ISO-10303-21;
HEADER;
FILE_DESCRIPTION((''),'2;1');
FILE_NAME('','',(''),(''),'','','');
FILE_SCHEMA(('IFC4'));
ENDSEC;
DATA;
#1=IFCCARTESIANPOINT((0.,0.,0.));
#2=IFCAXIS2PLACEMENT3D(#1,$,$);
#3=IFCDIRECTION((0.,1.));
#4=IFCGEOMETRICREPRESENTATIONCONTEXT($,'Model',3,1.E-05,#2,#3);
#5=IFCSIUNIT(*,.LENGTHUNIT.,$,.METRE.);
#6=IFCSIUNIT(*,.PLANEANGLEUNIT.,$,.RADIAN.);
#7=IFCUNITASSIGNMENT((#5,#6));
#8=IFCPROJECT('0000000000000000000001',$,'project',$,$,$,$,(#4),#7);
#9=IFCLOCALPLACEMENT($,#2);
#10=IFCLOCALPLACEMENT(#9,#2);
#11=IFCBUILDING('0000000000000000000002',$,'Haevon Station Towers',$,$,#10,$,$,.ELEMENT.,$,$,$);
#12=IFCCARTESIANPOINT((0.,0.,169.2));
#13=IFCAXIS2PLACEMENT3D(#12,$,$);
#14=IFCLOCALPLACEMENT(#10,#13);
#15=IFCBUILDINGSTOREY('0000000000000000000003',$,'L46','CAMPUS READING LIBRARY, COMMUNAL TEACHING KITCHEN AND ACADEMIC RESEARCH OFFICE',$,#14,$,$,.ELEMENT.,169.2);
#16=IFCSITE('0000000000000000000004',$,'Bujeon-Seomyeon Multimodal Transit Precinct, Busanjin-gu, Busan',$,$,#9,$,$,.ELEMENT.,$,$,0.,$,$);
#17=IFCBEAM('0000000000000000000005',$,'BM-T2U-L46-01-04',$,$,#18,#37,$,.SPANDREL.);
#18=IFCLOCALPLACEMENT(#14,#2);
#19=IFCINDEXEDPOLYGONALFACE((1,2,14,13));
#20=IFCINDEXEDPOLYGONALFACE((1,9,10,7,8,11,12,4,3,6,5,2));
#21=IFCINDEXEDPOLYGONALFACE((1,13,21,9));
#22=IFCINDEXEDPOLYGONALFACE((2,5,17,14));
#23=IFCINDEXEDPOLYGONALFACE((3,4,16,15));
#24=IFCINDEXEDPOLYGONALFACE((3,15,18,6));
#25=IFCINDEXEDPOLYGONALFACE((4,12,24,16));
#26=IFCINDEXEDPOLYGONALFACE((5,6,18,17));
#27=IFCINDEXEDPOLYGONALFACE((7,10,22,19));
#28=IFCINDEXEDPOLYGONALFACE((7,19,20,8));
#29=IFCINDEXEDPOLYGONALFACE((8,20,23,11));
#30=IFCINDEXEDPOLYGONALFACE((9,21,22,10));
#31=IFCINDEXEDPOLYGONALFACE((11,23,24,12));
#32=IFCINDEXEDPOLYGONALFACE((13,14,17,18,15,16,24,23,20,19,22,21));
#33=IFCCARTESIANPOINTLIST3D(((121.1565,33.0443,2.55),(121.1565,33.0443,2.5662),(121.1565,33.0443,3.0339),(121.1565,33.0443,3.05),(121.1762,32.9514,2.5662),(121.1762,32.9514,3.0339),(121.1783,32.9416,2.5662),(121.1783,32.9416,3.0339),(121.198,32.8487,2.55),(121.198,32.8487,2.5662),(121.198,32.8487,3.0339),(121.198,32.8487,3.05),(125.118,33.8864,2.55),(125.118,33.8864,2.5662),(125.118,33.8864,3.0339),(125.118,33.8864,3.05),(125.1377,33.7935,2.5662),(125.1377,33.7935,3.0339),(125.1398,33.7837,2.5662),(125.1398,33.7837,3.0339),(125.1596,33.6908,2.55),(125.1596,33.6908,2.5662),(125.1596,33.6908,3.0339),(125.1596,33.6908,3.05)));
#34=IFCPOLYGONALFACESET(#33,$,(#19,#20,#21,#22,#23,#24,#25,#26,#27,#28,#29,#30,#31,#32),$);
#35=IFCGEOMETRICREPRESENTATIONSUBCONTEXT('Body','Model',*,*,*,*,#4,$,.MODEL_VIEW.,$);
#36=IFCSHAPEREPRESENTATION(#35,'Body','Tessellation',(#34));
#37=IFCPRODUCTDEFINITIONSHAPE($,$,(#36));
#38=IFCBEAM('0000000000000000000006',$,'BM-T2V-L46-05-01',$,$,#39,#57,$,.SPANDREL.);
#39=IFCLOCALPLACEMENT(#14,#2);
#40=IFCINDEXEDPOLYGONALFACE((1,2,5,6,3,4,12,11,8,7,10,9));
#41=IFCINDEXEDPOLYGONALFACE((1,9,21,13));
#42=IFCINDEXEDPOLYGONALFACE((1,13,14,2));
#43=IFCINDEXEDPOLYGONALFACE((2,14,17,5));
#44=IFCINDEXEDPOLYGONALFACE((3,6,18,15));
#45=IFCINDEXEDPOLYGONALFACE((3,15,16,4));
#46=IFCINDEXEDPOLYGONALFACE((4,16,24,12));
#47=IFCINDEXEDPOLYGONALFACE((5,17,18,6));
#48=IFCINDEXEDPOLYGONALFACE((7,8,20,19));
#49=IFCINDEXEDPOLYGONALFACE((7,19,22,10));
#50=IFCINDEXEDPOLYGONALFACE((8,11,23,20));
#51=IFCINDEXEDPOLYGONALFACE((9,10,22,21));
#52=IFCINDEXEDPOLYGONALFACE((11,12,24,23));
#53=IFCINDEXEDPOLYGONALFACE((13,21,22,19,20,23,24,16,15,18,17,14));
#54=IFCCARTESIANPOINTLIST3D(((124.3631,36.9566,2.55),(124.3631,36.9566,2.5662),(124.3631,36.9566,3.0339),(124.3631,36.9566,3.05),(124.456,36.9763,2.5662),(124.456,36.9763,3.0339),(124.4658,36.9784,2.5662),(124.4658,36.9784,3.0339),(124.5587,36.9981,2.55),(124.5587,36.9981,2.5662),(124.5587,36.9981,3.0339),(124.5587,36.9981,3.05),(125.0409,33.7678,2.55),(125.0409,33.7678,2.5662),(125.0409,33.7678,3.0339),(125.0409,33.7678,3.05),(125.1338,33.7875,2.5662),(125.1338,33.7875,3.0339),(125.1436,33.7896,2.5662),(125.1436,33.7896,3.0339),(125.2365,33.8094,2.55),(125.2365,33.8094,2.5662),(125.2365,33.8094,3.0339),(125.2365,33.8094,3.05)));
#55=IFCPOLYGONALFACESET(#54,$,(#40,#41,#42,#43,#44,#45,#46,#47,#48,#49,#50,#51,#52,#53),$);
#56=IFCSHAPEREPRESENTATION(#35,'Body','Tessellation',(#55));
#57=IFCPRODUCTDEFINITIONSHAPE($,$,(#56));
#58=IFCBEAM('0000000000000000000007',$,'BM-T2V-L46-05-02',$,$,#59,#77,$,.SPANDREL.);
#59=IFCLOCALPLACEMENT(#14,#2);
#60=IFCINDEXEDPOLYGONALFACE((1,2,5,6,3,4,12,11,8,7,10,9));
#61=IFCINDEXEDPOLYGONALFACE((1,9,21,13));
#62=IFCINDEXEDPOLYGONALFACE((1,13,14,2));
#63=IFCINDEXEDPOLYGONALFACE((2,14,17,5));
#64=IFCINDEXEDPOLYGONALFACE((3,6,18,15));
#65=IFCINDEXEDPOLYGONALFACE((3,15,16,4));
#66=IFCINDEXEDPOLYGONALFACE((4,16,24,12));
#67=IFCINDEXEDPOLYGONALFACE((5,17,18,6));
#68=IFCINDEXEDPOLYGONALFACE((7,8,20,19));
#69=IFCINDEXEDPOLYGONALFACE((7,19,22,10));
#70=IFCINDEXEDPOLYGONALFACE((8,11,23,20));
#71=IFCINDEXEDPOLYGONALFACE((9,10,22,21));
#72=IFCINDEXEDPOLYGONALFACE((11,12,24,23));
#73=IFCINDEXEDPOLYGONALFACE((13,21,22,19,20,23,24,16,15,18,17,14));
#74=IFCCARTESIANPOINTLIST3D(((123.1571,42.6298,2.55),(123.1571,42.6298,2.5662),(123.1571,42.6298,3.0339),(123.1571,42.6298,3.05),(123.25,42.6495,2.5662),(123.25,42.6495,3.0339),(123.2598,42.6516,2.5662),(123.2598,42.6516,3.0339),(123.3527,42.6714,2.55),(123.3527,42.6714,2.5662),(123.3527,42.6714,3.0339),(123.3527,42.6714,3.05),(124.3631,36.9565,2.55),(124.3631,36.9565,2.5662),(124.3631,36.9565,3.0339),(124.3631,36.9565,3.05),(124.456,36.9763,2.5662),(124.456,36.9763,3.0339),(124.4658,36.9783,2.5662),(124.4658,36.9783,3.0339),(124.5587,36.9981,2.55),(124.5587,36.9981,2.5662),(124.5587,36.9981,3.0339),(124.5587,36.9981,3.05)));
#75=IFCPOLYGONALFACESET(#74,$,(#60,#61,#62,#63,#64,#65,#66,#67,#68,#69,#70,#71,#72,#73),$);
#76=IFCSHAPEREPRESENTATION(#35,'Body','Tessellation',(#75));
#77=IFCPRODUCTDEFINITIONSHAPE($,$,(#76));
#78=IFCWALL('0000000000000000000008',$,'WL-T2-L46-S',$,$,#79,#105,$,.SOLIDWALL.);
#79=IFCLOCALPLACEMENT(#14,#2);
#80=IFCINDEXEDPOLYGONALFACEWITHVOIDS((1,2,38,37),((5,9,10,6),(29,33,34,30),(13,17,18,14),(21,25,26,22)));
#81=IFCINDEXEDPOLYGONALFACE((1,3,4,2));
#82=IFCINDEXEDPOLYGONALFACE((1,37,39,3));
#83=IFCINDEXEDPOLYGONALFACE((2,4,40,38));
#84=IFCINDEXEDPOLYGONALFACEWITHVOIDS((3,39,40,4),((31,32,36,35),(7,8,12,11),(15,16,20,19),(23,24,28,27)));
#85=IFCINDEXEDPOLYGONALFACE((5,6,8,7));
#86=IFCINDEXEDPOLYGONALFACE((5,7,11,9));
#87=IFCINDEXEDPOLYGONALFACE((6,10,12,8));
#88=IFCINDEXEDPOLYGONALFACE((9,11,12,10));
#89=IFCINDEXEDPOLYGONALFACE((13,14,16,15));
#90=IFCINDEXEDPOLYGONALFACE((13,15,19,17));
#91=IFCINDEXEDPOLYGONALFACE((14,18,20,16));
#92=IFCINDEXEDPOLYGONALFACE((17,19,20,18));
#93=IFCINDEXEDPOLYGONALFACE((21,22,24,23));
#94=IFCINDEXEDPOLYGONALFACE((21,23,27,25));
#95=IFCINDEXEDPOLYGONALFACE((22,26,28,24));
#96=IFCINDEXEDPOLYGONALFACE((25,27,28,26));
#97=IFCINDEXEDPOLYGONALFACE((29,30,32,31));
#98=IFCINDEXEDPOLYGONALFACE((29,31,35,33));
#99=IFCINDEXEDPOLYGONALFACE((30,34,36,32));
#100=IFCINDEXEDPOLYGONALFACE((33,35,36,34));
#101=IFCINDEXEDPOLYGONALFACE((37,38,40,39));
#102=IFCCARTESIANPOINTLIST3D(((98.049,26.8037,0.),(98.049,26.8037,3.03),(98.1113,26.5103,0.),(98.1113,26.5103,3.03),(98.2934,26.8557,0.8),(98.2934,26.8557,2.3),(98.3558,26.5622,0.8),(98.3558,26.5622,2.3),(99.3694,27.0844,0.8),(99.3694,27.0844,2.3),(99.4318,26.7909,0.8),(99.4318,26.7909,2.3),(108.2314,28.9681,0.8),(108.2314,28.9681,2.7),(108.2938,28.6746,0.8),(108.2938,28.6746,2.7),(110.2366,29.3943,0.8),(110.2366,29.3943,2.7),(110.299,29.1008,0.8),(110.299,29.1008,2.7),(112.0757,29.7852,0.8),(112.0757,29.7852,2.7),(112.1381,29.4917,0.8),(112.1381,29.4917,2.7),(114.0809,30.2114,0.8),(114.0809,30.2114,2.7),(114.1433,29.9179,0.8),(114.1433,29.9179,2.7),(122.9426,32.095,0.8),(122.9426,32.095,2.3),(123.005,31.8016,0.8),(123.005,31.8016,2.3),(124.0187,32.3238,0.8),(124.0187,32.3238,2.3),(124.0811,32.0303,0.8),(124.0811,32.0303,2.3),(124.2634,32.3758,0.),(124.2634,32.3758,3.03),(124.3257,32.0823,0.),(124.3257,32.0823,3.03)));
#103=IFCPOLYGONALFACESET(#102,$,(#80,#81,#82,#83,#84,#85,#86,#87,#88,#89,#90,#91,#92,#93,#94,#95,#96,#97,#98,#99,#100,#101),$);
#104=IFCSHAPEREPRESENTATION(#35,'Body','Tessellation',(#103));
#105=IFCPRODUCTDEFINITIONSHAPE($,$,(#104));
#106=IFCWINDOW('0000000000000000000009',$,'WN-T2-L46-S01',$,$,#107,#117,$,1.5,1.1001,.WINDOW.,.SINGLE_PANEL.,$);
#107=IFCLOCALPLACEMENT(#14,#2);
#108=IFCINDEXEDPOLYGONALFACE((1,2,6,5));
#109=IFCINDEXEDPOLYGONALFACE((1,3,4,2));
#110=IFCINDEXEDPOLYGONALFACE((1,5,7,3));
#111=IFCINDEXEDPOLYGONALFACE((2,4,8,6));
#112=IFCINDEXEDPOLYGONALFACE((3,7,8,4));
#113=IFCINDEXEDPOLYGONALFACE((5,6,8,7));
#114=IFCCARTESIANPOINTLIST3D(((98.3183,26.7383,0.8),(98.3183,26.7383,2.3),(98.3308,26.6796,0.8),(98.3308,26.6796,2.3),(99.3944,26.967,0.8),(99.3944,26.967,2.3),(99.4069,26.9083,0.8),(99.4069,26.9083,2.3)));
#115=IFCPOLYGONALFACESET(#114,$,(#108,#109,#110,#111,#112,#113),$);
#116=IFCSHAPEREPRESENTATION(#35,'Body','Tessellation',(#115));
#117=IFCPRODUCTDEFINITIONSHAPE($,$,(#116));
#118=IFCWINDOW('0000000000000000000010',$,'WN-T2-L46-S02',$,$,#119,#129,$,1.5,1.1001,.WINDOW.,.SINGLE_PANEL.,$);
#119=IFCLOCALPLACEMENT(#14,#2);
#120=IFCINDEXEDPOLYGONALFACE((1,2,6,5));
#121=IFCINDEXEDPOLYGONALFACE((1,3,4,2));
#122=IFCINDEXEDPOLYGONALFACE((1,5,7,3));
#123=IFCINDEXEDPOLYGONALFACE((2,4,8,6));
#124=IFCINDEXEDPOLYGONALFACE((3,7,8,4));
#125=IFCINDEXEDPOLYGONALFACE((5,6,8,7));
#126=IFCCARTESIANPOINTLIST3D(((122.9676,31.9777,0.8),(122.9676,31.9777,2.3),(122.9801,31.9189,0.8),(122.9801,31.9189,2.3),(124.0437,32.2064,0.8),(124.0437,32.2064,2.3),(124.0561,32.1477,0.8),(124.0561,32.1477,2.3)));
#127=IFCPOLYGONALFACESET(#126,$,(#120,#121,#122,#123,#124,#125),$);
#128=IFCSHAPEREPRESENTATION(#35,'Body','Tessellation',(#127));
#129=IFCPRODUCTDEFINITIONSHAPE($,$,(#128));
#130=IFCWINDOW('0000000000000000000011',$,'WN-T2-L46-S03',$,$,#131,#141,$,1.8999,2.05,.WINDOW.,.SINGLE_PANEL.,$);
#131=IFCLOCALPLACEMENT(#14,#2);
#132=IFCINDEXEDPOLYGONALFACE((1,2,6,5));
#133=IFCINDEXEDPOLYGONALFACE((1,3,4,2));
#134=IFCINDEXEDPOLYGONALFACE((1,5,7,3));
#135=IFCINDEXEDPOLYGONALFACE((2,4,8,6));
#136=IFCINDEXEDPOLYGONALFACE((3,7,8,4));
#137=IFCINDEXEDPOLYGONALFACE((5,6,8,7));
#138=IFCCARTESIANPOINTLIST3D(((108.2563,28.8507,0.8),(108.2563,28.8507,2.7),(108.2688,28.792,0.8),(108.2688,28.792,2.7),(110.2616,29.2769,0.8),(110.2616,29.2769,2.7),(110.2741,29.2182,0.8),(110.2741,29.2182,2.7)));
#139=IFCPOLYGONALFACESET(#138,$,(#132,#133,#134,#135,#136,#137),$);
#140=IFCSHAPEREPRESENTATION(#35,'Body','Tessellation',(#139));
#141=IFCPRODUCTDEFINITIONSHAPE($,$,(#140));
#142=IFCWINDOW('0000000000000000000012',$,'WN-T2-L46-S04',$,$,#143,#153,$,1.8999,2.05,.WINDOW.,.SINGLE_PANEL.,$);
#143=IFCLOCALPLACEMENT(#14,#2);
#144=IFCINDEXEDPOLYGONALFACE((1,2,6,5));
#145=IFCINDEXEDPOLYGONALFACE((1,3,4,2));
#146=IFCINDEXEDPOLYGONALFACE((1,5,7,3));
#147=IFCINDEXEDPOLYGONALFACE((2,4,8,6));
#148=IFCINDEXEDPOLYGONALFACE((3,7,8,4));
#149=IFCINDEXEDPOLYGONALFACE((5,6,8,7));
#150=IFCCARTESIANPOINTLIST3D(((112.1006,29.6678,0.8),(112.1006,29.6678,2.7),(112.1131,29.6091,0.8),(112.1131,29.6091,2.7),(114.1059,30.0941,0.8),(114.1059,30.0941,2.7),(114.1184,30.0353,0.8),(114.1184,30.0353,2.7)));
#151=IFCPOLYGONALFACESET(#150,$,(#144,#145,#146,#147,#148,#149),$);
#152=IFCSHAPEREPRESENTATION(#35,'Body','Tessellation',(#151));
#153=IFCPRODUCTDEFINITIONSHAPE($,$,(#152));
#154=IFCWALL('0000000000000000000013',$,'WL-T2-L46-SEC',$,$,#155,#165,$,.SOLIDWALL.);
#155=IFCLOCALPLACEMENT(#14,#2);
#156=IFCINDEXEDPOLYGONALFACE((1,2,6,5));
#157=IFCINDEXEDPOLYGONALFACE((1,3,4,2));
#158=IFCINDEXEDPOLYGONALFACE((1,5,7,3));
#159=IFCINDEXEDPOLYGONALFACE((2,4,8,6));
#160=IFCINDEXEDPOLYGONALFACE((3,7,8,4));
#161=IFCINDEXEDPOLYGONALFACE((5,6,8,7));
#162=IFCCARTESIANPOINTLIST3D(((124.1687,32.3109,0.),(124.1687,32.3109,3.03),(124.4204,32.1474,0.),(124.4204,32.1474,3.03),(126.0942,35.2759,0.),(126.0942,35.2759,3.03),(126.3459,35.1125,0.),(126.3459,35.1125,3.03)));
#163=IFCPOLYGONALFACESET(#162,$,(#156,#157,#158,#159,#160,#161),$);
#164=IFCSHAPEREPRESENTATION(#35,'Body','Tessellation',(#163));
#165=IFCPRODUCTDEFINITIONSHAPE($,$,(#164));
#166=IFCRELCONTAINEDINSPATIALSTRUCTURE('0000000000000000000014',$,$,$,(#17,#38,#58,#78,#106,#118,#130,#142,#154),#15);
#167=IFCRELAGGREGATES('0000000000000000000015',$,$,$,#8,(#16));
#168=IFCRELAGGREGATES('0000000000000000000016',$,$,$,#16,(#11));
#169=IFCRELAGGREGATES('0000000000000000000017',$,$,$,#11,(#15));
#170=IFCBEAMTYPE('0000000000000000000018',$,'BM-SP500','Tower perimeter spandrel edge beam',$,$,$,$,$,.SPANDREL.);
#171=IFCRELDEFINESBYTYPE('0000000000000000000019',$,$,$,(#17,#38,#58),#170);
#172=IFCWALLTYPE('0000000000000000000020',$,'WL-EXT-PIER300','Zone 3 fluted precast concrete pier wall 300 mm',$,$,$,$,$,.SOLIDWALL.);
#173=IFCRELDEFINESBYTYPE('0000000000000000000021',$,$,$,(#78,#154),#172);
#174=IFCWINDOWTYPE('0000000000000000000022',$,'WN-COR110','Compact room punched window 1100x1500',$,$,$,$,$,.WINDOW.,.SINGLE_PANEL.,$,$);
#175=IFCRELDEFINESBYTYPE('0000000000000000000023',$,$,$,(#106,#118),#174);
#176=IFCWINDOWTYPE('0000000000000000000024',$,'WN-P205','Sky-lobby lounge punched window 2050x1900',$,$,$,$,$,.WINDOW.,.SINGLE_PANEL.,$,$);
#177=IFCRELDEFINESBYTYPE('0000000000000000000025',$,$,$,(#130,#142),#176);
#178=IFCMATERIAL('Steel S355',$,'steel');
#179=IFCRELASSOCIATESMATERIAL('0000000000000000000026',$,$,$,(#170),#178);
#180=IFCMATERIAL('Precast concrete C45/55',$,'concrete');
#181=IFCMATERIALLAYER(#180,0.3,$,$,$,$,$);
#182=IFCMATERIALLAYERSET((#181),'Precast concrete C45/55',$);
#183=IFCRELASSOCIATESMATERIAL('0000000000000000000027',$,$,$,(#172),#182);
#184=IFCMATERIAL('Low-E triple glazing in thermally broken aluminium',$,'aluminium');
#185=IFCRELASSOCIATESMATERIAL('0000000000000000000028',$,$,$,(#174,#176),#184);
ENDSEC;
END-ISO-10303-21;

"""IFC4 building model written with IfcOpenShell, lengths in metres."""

from ifc_helpers import new_model, si_unit, direction, frame, frame_2d, origin, origin_2d, place, context, subcontext, project, spatial, rectangle, i_section, extrude, material, layer, layer_set, material_profile, profile_set, type_object, element, fill, save


model = new_model("IFC4")

# Units and contexts
model_context = context("Model", 3, precision=1e-05, world=origin(), true_north=direction((0.0, 1.0)))
body_context = subcontext(model_context, "Body", "Model", "MODEL_VIEW")
ifc_project = project(units=[si_unit("LENGTHUNIT", "METRE"), si_unit("PLANEANGLEUNIT", "RADIAN")], contexts=[model_context])

# Site, building, storey
site_placement = place(None, origin())
site = spatial("IfcSite", under=ifc_project, at=site_placement, Name="Bujeon-Seomyeon Multimodal Transit Precinct, Busanjin-gu, Busan", CompositionType="ELEMENT", RefElevation=0.0)
building_placement = place(site_placement, origin())
building = spatial("IfcBuilding", under=site, at=building_placement, Name="Haevon Station Towers", CompositionType="ELEMENT")
storey_placement = place(building_placement, frame((0.0, 0.0, 169.2)))
storey = spatial("IfcBuildingStorey", under=building, at=storey_placement, Name="L46", Description="CAMPUS READING LIBRARY, COMMUNAL TEACHING KITCHEN AND ACADEMIC RESEARCH OFFICE", CompositionType="ELEMENT", Elevation=169.2)

# Shared definitions
ifc_material_1 = material(Name="Steel S355", Category="steel")

# Beams
ifc_material_profile_1 = material_profile(ifc_material_1, i_section(OverallWidth=0.2, OverallDepth=0.5, WebThickness=0.01, FlangeThickness=0.0161, at=origin_2d()), Name="H-500x200x10x16")
ifc_profile_set_1 = profile_set([ifc_material_profile_1], Name="Steel S355")
beam_type_1 = type_object("IfcBeamType", Name="BM-SP500", Description="Tower perimeter spandrel edge beam", PredefinedType="SPANDREL", material=ifc_profile_set_1)
beam_1_placement = place(storey_placement, frame((121.1772, 32.9465, 2.8), z_axis=(0.978147, 0.207915, 0.0), x_axis=(-0.207915, 0.978147, 0.0)))
element("IfcBeam", 1, at=beam_1_placement, inside=storey, type_object=beam_type_1, Name="BM-T2U-L46-01-04", PredefinedType="SPANDREL", context=body_context, shape_type="SweptSolid", body=[
    extrude(i_section(OverallWidth=0.2, OverallDepth=0.5, WebThickness=0.01, FlangeThickness=0.0161, at=origin_2d()), origin(), (0.0, 0.0, 1.0), 4.05),
])
beam_2_placement = place(storey_placement, frame((125.1387, 33.7886, 2.8), z_axis=(-0.207897, 0.978151, 0.0), x_axis=(-0.978151, -0.207897, 0.0)))
element("IfcBeam", 2, at=beam_2_placement, inside=storey, type_object=beam_type_1, Name="BM-T2V-L46-05-01", PredefinedType="SPANDREL", context=body_context, shape_type="SweptSolid", body=[
    extrude(i_section(OverallWidth=0.2, OverallDepth=0.5, WebThickness=0.01, FlangeThickness=0.0161, at=origin_2d()), origin(), (0.0, 0.0, 1.0), 3.26),
])
beam_3_placement = place(storey_placement, frame((124.4609, 36.9773, 2.8), z_axis=(-0.207936, 0.978142, 0.0), x_axis=(-0.978142, -0.207936, 0.0)))
element("IfcBeam", 3, at=beam_3_placement, inside=storey, type_object=beam_type_1, Name="BM-T2V-L46-05-02", PredefinedType="SPANDREL", context=body_context, shape_type="SweptSolid", body=[
    extrude(i_section(OverallWidth=0.2, OverallDepth=0.5, WebThickness=0.01, FlangeThickness=0.0161, at=origin_2d()), origin(), (0.0, 0.0, 1.0), 5.8),
])

# Wall, openings, windows
ifc_material_2 = material(Name="Precast concrete C45/55", Category="concrete")
ifc_layer_1 = layer(ifc_material_2, 0.3)
ifc_layer_set_1 = layer_set([ifc_layer_1], Name="Precast concrete C45/55")
wall_type_1 = type_object("IfcWallType", Name="WL-EXT-PIER300", Description="Zone 3 fluted precast concrete pier wall 300 mm", PredefinedType="SOLIDWALL", material=ifc_layer_set_1)
wall_1_placement = place(storey_placement, frame((124.2944, 32.229, 0.0), z_axis=(0.0, 0.0, 1.0), x_axis=(-0.978148, -0.207911, 0.0)))
wall_1 = element("IfcWall", 4, at=wall_1_placement, inside=storey, type_object=wall_type_1, Name="WL-T2-L46-S", PredefinedType="SOLIDWALL", context=body_context, shape_type="SweptSolid", body=[
    extrude(rectangle(XDim=26.8, YDim=0.3, at=frame_2d((13.3999, 0.0))), origin(), (0.0, 0.0, 1.0), 3.03),
])
opening_1_placement = place(wall_1_placement, frame((25.45, 0.0, 0.8)))
opening_1 = element("IfcOpeningElement", 5, at=opening_1_placement, cuts=wall_1, PredefinedType="OPENING", context=body_context, shape_type="SweptSolid", body=[
    extrude(rectangle(XDim=1.1001, YDim=1.5, at=frame_2d((0.55, 0.75))), frame((0.0, 0.1599, 0.0), z_axis=(0.0, -1.0, 0.0), x_axis=(1.0, 0.0, 0.0)), (0.0, 0.0, 1.0), 0.3201),
])
opening_2_placement = place(wall_1_placement, frame((0.25, 0.0, 0.8)))
opening_2 = element("IfcOpeningElement", 6, at=opening_2_placement, cuts=wall_1, PredefinedType="OPENING", context=body_context, shape_type="SweptSolid", body=[
    extrude(rectangle(XDim=1.1001, YDim=1.5, at=frame_2d((0.55, 0.75))), frame((0.0, 0.1599, 0.0), z_axis=(0.0, -1.0, 0.0), x_axis=(1.0, 0.0, 0.0)), (0.0, 0.0, 1.0), 0.3201),
])
opening_3_placement = place(wall_1_placement, frame((14.3401, 0.0, 0.8)))
opening_3 = element("IfcOpeningElement", 7, at=opening_3_placement, cuts=wall_1, PredefinedType="OPENING", context=body_context, shape_type="SweptSolid", body=[
    extrude(rectangle(XDim=2.05, YDim=1.8999, at=frame_2d((1.0249, 0.95))), frame((0.0, 0.1599, 0.0), z_axis=(0.0, -1.0, 0.0), x_axis=(1.0, 0.0, 0.0)), (0.0, 0.0, 1.0), 0.3201),
])
opening_4_placement = place(wall_1_placement, frame((10.4099, 0.0, 0.8)))
opening_4 = element("IfcOpeningElement", 8, at=opening_4_placement, cuts=wall_1, PredefinedType="OPENING", context=body_context, shape_type="SweptSolid", body=[
    extrude(rectangle(XDim=2.05, YDim=1.8999, at=frame_2d((1.0249, 0.95))), frame((0.0, 0.1599, 0.0), z_axis=(0.0, -1.0, 0.0), x_axis=(1.0, 0.0, 0.0)), (0.0, 0.0, 1.0), 0.3201),
])
ifc_material_3 = material(Name="Low-E triple glazing in thermally broken aluminium", Category="aluminium")
window_type_1 = type_object("IfcWindowType", Name="WN-COR110", Description="Compact room punched window 1100x1500", PartitioningType="SINGLE_PANEL", PredefinedType="WINDOW", material=ifc_material_3)
window_1_placement = place(opening_1_placement, origin())
window_1 = element("IfcWindow", 9, at=window_1_placement, inside=storey, type_object=window_type_1, Name="WN-T2-L46-S01", OverallHeight=1.5, OverallWidth=1.1001, PartitioningType="SINGLE_PANEL", PredefinedType="WINDOW", context=body_context, shape_type="SweptSolid", body=[
    extrude(rectangle(XDim=1.1001, YDim=1.5, at=frame_2d((0.55, 0.75))), frame((0.0, 0.03, 0.0), z_axis=(0.0, -1.0, 0.0), x_axis=(1.0, 0.0, 0.0)), (0.0, 0.0, 1.0), 0.0601),
])
fill(opening_1, window_1)
window_2_placement = place(opening_2_placement, origin())
window_2 = element("IfcWindow", 10, at=window_2_placement, inside=storey, type_object=window_type_1, Name="WN-T2-L46-S02", OverallHeight=1.5, OverallWidth=1.1001, PartitioningType="SINGLE_PANEL", PredefinedType="WINDOW", context=body_context, shape_type="SweptSolid", body=[
    extrude(rectangle(XDim=1.1001, YDim=1.5, at=frame_2d((0.55, 0.75))), frame((0.0, 0.03, 0.0), z_axis=(0.0, -1.0, 0.0), x_axis=(1.0, 0.0, 0.0)), (0.0, 0.0, 1.0), 0.0601),
])
fill(opening_2, window_2)
window_type_2 = type_object("IfcWindowType", Name="WN-P205", Description="Sky-lobby lounge punched window 2050x1900", PartitioningType="SINGLE_PANEL", PredefinedType="WINDOW", material=ifc_material_3)
window_3_placement = place(opening_3_placement, origin())
window_3 = element("IfcWindow", 11, at=window_3_placement, inside=storey, type_object=window_type_2, Name="WN-T2-L46-S03", OverallHeight=1.8999, OverallWidth=2.05, PartitioningType="SINGLE_PANEL", PredefinedType="WINDOW", context=body_context, shape_type="SweptSolid", body=[
    extrude(rectangle(XDim=2.05, YDim=1.8999, at=frame_2d((1.0249, 0.95))), frame((0.0, 0.03, 0.0), z_axis=(0.0, -1.0, 0.0), x_axis=(1.0, 0.0, 0.0)), (0.0, 0.0, 1.0), 0.0601),
])
fill(opening_3, window_3)
window_4_placement = place(opening_4_placement, origin())
window_4 = element("IfcWindow", 12, at=window_4_placement, inside=storey, type_object=window_type_2, Name="WN-T2-L46-S04", OverallHeight=1.8999, OverallWidth=2.05, PartitioningType="SINGLE_PANEL", PredefinedType="WINDOW", context=body_context, shape_type="SweptSolid", body=[
    extrude(rectangle(XDim=2.05, YDim=1.8999, at=frame_2d((1.0249, 0.95))), frame((0.0, 0.03, 0.0), z_axis=(0.0, -1.0, 0.0), x_axis=(1.0, 0.0, 0.0)), (0.0, 0.0, 1.0), 0.0601),
])
fill(opening_4, window_4)

# Wall
wall_2_placement = place(storey_placement, frame((126.22, 35.1941, 0.0), z_axis=(0.0, 0.0, 1.0), x_axis=(-0.544636, -0.838672, 0.0)))
element("IfcWall", 13, at=wall_2_placement, inside=storey, type_object=wall_type_1, Name="WL-T2-L46-SEC", PredefinedType="SOLIDWALL", context=body_context, shape_type="SweptSolid", body=[
    extrude(rectangle(XDim=3.5354, YDim=0.3, at=frame_2d((1.7676, 0.0))), origin(), (0.0, 0.0, 1.0), 3.03),
])

save(model, "model.ifc")
